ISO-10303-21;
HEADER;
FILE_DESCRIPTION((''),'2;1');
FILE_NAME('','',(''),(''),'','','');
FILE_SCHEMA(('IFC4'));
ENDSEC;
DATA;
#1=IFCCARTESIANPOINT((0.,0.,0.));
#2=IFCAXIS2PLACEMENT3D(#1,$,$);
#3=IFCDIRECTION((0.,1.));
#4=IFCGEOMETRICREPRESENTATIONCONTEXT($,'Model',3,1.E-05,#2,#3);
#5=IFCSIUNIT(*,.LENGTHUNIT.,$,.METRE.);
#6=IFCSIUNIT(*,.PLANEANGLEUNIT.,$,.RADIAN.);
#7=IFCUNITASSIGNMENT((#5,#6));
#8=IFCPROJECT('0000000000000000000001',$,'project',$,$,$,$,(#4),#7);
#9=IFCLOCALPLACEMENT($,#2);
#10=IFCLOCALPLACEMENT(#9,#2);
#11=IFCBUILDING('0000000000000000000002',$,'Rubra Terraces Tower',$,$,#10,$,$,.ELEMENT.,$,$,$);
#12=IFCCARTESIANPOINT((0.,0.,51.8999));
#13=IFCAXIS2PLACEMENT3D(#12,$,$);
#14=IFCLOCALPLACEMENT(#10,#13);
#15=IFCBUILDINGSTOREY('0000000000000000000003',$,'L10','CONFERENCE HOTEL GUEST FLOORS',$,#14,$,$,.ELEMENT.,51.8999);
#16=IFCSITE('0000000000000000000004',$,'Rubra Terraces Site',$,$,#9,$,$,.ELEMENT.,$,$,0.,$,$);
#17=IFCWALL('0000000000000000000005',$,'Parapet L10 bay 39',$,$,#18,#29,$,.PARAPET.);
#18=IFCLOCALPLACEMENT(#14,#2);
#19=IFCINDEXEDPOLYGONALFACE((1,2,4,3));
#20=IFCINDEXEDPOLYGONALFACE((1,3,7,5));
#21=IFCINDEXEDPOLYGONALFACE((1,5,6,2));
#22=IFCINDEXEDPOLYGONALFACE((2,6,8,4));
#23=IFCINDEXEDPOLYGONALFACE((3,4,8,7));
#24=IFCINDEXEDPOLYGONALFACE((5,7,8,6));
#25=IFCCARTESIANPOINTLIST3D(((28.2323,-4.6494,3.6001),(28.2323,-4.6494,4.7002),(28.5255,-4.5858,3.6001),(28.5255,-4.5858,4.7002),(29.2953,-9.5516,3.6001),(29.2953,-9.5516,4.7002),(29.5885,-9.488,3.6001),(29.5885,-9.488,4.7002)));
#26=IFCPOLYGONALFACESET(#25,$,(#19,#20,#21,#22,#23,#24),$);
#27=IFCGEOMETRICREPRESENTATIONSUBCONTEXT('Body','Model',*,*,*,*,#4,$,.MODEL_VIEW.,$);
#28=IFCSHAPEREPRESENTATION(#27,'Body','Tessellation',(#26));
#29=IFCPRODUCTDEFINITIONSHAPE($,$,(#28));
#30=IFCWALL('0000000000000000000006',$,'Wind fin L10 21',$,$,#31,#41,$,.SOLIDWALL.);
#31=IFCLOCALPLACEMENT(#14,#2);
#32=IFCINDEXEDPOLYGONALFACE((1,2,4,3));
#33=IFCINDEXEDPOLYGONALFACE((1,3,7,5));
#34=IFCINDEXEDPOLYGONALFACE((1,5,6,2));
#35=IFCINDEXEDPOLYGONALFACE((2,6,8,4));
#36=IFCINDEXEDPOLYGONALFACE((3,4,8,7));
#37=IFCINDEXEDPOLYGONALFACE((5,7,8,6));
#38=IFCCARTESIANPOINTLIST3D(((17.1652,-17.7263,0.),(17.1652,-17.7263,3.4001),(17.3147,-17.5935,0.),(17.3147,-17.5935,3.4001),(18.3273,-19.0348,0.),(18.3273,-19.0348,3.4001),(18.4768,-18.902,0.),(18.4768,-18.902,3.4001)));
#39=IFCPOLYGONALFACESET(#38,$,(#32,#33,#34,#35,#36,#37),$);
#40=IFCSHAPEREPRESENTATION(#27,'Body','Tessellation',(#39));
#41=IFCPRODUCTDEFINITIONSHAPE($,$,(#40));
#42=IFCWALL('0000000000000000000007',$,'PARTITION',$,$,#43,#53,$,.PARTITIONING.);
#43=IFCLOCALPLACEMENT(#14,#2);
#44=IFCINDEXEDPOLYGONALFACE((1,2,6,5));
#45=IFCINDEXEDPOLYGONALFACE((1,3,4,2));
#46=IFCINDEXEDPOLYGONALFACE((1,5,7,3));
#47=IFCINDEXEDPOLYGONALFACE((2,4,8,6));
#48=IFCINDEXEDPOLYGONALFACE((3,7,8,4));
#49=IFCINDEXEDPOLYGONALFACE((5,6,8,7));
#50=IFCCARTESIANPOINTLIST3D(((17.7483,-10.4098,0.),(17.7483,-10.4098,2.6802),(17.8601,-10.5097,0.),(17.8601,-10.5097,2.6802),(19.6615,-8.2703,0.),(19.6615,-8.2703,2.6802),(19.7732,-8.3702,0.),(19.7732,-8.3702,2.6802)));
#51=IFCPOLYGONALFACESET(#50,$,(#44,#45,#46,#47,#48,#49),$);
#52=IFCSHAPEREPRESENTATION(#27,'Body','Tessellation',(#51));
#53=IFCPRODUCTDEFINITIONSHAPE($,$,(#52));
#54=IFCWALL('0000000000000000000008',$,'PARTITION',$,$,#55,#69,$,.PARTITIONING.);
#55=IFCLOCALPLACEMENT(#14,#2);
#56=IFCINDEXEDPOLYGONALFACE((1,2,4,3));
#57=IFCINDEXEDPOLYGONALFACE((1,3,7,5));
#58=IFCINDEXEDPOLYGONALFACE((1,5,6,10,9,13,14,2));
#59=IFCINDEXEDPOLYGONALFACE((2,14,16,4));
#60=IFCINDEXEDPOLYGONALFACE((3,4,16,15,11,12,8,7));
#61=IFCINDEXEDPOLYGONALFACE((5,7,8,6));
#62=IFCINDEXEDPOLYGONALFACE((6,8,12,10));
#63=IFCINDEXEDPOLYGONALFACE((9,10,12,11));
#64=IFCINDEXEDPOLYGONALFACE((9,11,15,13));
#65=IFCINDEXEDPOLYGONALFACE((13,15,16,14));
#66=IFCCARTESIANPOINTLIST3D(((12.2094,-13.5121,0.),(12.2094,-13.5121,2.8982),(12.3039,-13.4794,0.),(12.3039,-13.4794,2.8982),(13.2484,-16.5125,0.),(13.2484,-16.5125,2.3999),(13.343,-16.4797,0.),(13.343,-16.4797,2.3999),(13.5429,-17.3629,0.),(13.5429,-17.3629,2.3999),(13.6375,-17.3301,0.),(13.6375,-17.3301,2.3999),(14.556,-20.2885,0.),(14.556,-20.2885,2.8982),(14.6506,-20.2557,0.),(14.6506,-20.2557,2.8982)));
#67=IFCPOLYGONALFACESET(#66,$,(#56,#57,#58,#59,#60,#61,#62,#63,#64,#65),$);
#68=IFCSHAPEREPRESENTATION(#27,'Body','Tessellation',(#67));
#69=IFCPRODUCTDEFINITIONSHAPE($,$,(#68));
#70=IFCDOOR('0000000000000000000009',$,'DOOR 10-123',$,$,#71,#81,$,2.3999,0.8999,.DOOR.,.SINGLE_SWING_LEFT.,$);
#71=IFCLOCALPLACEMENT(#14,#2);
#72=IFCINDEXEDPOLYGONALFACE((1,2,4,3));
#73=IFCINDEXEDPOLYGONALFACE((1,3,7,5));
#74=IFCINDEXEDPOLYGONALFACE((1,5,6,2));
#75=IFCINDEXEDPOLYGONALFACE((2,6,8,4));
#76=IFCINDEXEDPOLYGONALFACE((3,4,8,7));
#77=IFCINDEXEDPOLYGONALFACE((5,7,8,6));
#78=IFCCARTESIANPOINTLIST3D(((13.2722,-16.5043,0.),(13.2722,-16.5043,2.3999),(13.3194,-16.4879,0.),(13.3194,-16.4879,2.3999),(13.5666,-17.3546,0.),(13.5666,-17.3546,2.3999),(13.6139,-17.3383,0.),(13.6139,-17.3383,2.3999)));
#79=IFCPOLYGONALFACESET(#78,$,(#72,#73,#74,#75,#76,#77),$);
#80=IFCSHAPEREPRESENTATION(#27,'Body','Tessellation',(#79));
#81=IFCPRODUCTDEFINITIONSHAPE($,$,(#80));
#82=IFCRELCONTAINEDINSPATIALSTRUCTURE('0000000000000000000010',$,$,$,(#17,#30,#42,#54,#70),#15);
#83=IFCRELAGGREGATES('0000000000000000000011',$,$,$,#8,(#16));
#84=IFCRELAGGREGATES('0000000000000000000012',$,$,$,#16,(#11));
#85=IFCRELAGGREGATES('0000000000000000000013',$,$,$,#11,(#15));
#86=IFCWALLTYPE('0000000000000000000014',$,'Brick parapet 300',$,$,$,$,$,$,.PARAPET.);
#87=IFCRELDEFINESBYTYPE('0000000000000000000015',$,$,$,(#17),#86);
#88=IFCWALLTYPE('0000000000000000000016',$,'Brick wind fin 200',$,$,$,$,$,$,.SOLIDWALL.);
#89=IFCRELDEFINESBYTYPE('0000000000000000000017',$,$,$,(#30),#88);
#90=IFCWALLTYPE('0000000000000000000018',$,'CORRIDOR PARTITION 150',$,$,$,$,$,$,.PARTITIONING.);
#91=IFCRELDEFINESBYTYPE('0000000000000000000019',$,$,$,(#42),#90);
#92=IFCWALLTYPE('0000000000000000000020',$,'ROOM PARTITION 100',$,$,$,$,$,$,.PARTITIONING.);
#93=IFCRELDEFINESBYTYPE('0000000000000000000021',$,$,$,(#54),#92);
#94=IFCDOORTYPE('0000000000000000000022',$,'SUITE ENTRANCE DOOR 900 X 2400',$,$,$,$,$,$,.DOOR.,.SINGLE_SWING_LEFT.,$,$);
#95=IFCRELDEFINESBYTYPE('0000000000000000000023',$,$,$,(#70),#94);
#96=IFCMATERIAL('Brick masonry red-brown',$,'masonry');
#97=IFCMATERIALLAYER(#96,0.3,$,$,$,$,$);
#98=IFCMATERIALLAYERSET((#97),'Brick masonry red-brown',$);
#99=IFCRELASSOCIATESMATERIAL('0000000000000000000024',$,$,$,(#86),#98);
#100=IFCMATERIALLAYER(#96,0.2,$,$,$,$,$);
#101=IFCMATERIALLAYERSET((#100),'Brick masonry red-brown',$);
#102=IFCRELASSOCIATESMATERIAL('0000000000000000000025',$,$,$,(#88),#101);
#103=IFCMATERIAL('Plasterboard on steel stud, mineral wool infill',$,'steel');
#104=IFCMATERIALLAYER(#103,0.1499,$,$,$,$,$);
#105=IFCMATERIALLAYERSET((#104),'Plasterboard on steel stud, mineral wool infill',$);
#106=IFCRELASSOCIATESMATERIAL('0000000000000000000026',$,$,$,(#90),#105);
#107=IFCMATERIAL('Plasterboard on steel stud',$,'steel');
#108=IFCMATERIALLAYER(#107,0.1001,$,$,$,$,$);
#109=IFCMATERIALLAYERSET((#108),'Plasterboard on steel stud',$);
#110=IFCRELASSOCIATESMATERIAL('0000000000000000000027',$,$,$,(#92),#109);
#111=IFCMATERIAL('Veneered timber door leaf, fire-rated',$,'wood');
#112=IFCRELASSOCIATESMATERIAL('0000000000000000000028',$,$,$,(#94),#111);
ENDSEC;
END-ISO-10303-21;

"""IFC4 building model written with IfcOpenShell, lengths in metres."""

from ifc_helpers import new_model, si_unit, direction, frame, frame_2d, origin, place, context, subcontext, project, spatial, rectangle, extrude, material, layer, layer_set, type_object, element, fill, save


model = new_model("IFC4")

# Units and contexts
model_context = context("Model", 3, precision=1e-05, world=origin(), true_north=direction((0.0, 1.0)))
body_context = subcontext(model_context, "Body", "Model", "MODEL_VIEW")
ifc_project = project(units=[si_unit("LENGTHUNIT", "METRE"), si_unit("PLANEANGLEUNIT", "RADIAN")], contexts=[model_context])

# Site, building, storey
site_placement = place(None, origin())
site = spatial("IfcSite", under=ifc_project, at=site_placement, Name="Rubra Terraces Site", CompositionType="ELEMENT", RefElevation=0.0)
building_placement = place(site_placement, origin())
building = spatial("IfcBuilding", under=site, at=building_placement, Name="Rubra Terraces Tower", CompositionType="ELEMENT")
storey_placement = place(building_placement, frame((0.0, 0.0, 51.8999)))
storey = spatial("IfcBuildingStorey", under=building, at=storey_placement, Name="L10", Description="CONFERENCE HOTEL GUEST FLOORS", CompositionType="ELEMENT", Elevation=51.8999)

# Shared definitions
ifc_material_1 = material(Name="Brick masonry red-brown", Category="masonry")

# Walls
ifc_layer_1 = layer(ifc_material_1, 0.3)
ifc_layer_set_1 = layer_set([ifc_layer_1], Name="Brick masonry red-brown")
wall_type_1 = type_object("IfcWallType", Name="Brick parapet 300", PredefinedType="PARAPET", material=ifc_layer_set_1)
wall_1_placement = place(storey_placement, frame((29.4419, -9.5198, 3.6001), z_axis=(0.0, 0.0, 1.0), x_axis=(-0.211918, 0.977287, 0.0)))
element("IfcWall", 1, at=wall_1_placement, inside=storey, type_object=wall_type_1, Name="Parapet L10 bay 39", PredefinedType="PARAPET", context=body_context, shape_type="SweptSolid", body=[
    extrude(rectangle(XDim=5.0161, YDim=0.3, at=frame_2d((2.5081, 0.0))), origin(), (0.0, 0.0, 1.0), 1.1001),
])
ifc_layer_2 = layer(ifc_material_1, 0.2)
ifc_layer_set_2 = layer_set([ifc_layer_2], Name="Brick masonry red-brown")
wall_type_2 = type_object("IfcWallType", Name="Brick wind fin 200", PredefinedType="SOLIDWALL", material=ifc_layer_set_2)
wall_2_placement = place(storey_placement, frame((17.24, -17.6599, 0.0), z_axis=(0.0, 0.0, 1.0), x_axis=(0.664017, -0.747717, 0.0)))
element("IfcWall", 2, at=wall_2_placement, inside=storey, type_object=wall_type_2, Name="Wind fin L10 21", PredefinedType="SOLIDWALL", context=body_context, shape_type="SweptSolid", body=[
    extrude(rectangle(XDim=1.75, YDim=0.2, at=frame_2d((0.875, 0.0))), origin(), (0.0, 0.0, 1.0), 3.4001),
])

# Shared definitions
ifc_material_2 = material(Name="Plasterboard on steel stud, mineral wool infill", Category="steel")
ifc_layer_3 = layer(ifc_material_2, 0.1499)
ifc_layer_set_3 = layer_set([ifc_layer_3], Name="Plasterboard on steel stud, mineral wool infill")
wall_type_3 = type_object("IfcWallType", Name="CORRIDOR PARTITION 150", PredefinedType="PARTITIONING", material=ifc_layer_set_3)

# Wall
wall_3_placement = place(storey_placement, frame((17.8042, -10.4597, 0.0), z_axis=(0.0, 0.0, 1.0), x_axis=(0.666579, 0.745435, 0.0)))
element("IfcWall", 3, at=wall_3_placement, inside=storey, type_object=wall_type_3, Name="PARTITION", PredefinedType="PARTITIONING", context=body_context, shape_type="SweptSolid", body=[
    extrude(rectangle(XDim=2.8701, YDim=0.1499, at=frame_2d((1.4351, 0.0))), origin(), (0.0, 0.0, 1.0), 2.6802),
])

# Wall, opening, door
ifc_material_3 = material(Name="Plasterboard on steel stud", Category="steel")
ifc_layer_4 = layer(ifc_material_3, 0.1001)
ifc_layer_set_4 = layer_set([ifc_layer_4], Name="Plasterboard on steel stud")
wall_type_4 = type_object("IfcWallType", Name="ROOM PARTITION 100", PredefinedType="PARTITIONING", material=ifc_layer_set_4)
wall_4_placement = place(storey_placement, frame((14.6033, -20.272, 0.0), z_axis=(0.0, 0.0, 1.0), x_axis=(-0.327237, 0.944942, 0.0)))
wall_4 = element("IfcWall", 4, at=wall_4_placement, inside=storey, type_object=wall_type_4, Name="PARTITION", PredefinedType="PARTITIONING", context=body_context, shape_type="SweptSolid", body=[
    extrude(rectangle(XDim=7.1711, YDim=0.1001, at=frame_2d((3.5854, 0.0))), origin(), (0.0, 0.0, 1.0), 2.8982),
])
opening_1_placement = place(wall_4_placement, frame((3.0959, 0.0, 0.0)))
opening_1 = element("IfcOpeningElement", 5, at=opening_1_placement, cuts=wall_4, PredefinedType="OPENING", context=body_context, shape_type="SweptSolid", body=[
    extrude(rectangle(XDim=0.8999, YDim=2.3999, at=frame_2d((0.45, 1.2))), frame((0.0, 0.0601, 0.0), z_axis=(0.0, -1.0, 0.0), x_axis=(1.0, 0.0, 0.0)), (0.0, 0.0, 1.0), 0.1201),
])
ifc_material_4 = material(Name="Veneered timber door leaf, fire-rated", Category="wood")
door_type_1 = type_object("IfcDoorType", Name="SUITE ENTRANCE DOOR 900 X 2400", OperationType="SINGLE_SWING_LEFT", PredefinedType="DOOR", material=ifc_material_4)
door_1_placement = place(opening_1_placement, origin())
door_1 = element("IfcDoor", 6, at=door_1_placement, inside=storey, type_object=door_type_1, Name="DOOR 10-123", OperationType="SINGLE_SWING_LEFT", OverallHeight=2.3999, OverallWidth=0.8999, PredefinedType="DOOR", context=body_context, shape_type="SweptSolid", body=[
    extrude(rectangle(XDim=0.8999, YDim=2.3999, at=frame_2d((0.45, 1.2))), frame((0.0, 0.0249, 0.0), z_axis=(0.0, -1.0, 0.0), x_axis=(1.0, 0.0, 0.0)), (0.0, 0.0, 1.0), 0.05),
])
fill(opening_1, door_1)

save(model, "model.ifc")
